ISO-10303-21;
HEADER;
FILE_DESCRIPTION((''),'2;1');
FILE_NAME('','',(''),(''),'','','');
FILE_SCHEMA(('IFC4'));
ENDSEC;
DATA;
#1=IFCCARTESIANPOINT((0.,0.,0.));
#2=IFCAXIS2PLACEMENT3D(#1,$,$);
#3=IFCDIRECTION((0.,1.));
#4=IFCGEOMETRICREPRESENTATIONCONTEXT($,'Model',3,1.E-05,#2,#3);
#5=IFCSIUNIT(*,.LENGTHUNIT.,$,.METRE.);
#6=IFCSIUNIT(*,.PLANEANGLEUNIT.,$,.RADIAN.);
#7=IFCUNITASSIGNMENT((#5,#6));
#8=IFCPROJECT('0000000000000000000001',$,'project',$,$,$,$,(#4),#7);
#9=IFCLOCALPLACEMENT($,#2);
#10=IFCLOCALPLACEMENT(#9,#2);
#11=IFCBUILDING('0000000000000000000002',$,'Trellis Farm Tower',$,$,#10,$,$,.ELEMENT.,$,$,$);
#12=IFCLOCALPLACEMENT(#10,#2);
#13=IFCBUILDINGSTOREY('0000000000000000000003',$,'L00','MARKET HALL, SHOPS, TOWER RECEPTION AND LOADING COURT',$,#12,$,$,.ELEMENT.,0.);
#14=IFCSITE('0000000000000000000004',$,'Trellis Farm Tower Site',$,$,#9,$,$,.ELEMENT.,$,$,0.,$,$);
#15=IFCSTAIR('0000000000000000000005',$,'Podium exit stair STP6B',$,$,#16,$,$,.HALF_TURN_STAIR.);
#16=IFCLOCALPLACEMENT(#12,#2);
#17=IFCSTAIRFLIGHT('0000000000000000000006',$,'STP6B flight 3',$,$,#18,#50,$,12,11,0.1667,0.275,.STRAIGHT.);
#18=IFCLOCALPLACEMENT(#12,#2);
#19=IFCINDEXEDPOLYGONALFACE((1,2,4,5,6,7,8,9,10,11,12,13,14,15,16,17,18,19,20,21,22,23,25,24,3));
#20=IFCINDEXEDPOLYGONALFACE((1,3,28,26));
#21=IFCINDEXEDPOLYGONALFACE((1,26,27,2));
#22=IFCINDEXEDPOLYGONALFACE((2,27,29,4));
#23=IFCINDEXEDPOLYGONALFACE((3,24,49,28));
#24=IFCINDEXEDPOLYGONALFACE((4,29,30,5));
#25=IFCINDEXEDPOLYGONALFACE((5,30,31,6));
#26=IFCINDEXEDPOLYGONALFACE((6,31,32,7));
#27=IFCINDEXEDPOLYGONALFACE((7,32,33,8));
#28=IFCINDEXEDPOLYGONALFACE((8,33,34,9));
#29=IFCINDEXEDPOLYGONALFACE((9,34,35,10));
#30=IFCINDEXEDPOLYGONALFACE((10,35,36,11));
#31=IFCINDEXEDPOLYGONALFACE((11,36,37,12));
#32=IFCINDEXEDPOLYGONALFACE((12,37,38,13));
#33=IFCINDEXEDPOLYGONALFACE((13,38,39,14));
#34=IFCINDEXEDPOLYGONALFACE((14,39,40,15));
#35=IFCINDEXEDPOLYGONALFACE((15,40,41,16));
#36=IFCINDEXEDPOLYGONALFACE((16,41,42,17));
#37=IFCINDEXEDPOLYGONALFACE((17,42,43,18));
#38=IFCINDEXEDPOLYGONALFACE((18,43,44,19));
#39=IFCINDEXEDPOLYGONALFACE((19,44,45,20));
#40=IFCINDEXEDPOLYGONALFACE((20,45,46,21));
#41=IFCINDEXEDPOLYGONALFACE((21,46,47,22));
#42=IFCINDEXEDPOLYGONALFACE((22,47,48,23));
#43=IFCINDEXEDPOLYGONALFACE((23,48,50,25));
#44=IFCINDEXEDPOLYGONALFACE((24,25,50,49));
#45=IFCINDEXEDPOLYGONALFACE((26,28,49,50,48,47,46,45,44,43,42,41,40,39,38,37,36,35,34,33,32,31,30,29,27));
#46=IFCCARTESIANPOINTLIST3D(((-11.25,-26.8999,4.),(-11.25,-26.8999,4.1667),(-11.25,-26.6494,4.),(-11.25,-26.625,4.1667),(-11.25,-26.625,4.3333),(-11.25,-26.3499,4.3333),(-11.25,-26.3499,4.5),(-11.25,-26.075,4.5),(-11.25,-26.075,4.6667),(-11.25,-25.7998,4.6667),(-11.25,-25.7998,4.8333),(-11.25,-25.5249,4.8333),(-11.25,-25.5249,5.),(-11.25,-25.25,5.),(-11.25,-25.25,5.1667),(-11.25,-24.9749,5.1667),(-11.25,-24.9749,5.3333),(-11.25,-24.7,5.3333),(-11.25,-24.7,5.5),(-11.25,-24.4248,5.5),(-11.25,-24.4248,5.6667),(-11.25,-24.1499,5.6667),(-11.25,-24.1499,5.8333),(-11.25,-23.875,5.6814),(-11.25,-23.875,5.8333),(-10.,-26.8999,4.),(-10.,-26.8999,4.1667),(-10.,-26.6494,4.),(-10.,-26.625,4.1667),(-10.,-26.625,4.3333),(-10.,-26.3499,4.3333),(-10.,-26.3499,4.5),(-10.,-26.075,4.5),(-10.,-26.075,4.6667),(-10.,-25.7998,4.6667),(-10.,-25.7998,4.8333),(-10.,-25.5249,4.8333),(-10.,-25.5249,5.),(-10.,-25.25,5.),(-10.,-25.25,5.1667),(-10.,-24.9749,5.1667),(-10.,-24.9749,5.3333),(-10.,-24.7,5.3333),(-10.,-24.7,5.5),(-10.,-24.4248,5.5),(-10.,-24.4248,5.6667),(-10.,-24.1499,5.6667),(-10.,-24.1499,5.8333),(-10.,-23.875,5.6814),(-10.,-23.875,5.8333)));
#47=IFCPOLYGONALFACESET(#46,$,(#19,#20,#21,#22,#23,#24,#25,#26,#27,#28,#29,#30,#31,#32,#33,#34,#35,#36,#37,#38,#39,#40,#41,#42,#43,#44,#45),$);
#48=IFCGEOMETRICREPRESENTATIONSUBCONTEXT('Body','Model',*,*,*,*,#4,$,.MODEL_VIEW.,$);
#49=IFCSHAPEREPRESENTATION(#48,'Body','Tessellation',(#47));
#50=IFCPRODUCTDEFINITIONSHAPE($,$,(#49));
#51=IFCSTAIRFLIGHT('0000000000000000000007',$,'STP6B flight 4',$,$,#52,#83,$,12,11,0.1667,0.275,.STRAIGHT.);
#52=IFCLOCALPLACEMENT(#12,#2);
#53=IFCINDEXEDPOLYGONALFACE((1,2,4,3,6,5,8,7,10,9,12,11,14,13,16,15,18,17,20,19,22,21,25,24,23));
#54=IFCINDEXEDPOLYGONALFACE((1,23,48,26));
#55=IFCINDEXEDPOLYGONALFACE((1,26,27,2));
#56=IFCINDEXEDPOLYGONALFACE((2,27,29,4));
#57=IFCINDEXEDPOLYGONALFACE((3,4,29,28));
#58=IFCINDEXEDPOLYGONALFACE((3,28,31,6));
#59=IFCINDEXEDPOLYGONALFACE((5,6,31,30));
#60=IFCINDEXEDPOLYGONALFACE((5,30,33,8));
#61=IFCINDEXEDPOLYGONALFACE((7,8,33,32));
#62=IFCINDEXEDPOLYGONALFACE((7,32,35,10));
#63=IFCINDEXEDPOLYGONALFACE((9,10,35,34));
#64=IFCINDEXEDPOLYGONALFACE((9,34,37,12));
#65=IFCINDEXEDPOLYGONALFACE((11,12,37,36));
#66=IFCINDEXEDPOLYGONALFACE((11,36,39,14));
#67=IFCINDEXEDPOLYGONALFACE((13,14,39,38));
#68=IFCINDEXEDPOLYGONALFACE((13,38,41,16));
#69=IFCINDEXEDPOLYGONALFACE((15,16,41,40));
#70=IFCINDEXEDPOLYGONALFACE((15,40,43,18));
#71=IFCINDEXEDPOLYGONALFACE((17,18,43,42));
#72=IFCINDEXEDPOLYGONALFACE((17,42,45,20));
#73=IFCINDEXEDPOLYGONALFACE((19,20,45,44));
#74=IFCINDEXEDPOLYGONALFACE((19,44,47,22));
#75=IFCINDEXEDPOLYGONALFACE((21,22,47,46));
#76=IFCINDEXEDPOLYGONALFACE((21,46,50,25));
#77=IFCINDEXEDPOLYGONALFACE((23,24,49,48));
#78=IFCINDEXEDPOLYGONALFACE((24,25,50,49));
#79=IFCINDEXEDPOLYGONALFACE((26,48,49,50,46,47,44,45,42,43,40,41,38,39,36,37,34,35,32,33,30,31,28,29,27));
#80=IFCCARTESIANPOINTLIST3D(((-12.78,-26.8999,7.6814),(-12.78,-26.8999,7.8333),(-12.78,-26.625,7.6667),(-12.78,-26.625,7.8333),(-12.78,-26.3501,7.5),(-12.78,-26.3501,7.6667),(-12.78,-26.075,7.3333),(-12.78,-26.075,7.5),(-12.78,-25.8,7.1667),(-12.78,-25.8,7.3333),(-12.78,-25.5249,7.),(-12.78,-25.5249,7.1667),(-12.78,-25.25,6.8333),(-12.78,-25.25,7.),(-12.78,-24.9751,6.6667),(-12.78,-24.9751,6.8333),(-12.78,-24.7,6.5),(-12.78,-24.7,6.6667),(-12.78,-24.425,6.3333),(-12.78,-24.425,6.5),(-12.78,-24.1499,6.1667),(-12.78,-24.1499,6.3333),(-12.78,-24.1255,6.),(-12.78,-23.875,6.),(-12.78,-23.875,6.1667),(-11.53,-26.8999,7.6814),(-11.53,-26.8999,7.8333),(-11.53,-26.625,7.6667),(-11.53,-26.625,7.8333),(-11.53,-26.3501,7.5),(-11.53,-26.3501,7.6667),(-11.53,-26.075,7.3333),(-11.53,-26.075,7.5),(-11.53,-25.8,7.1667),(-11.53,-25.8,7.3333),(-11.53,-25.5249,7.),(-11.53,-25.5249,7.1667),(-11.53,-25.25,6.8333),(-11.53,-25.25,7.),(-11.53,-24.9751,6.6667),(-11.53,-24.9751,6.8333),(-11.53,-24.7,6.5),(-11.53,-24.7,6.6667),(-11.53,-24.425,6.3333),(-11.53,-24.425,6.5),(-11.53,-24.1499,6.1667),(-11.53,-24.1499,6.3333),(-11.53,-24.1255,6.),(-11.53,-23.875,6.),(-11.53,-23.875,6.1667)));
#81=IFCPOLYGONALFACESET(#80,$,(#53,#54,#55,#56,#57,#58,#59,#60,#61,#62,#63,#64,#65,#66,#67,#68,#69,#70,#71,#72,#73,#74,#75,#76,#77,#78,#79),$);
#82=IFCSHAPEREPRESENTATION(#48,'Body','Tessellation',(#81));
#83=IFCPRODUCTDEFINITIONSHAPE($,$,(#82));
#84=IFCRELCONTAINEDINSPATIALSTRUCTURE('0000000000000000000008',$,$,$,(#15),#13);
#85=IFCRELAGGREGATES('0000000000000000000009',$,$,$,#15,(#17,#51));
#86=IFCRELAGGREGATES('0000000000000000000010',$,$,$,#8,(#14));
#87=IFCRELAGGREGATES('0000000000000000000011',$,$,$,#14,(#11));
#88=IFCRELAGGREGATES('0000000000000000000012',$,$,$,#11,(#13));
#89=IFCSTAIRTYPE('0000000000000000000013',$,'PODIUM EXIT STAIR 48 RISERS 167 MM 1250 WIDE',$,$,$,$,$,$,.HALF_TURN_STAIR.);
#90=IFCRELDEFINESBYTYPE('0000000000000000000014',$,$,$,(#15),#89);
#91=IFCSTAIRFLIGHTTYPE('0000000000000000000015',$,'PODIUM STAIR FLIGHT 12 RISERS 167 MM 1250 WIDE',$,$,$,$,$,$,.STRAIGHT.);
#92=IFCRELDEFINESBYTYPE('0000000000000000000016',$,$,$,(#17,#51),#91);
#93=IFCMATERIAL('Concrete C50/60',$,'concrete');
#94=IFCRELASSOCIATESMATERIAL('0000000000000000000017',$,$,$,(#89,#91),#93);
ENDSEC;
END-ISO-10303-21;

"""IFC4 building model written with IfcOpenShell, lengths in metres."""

from ifc_helpers import new_model, si_unit, direction, frame, origin, place, context, subcontext, project, spatial, polyline, outline, extrude, source, transform, mapped, material, type_object, element, aggregate, save


model = new_model("IFC4")

# Units and contexts
model_context = context("Model", 3, precision=1e-05, world=origin(), true_north=direction((0.0, 1.0)))
body_context = subcontext(model_context, "Body", "Model", "MODEL_VIEW")
ifc_project = project(units=[si_unit("LENGTHUNIT", "METRE"), si_unit("PLANEANGLEUNIT", "RADIAN")], contexts=[model_context])

# Site, building, storey
site_placement = place(None, origin())
site = spatial("IfcSite", under=ifc_project, at=site_placement, Name="Trellis Farm Tower Site", CompositionType="ELEMENT", RefElevation=0.0)
building_placement = place(site_placement, origin())
building = spatial("IfcBuilding", under=site, at=building_placement, Name="Trellis Farm Tower", CompositionType="ELEMENT")
storey_placement = place(building_placement, origin())
storey = spatial("IfcBuildingStorey", under=building, at=storey_placement, Name="L00", Description="MARKET HALL, SHOPS, TOWER RECEPTION AND LOADING COURT", CompositionType="ELEMENT", Elevation=0.0)

# Stair, stair flights
ifc_material_1 = material(Name="Concrete C50/60", Category="concrete")
stair_type = type_object("IfcStairType", Name="PODIUM EXIT STAIR 48 RISERS 167 MM 1250 WIDE", PredefinedType="HALF_TURN_STAIR", material=ifc_material_1)
stair_placement = place(storey_placement, origin())
stair = element("IfcStair", 1, at=stair_placement, inside=storey, type_object=stair_type, Name="Podium exit stair STP6B", PredefinedType="HALF_TURN_STAIR")
stair_flight_type = type_object("IfcStairFlightType", Name="PODIUM STAIR FLIGHT 12 RISERS 167 MM 1250 WIDE", PredefinedType="STRAIGHT", material=ifc_material_1)
shared_shape_1 = source(origin(), body_context, "Body", "SweptSolid", [
    extrude(outline(polyline([(0.0, 0.0), (0.0, 0.1667), (0.2749, 0.1667), (0.2749, 0.3333), (0.55, 0.3333), (0.55, 0.5), (0.825, 0.5), (0.825, 0.6667), (1.1001, 0.6667), (1.1001, 0.8333), (1.375, 0.8333), (1.375, 1.0), (1.6499, 1.0), (1.6499, 1.1667), (1.925, 1.1667), (1.925, 1.3333), (2.2, 1.3333), (2.2, 1.5), (2.4751, 1.5), (2.4751, 1.6667), (2.75, 1.6667), (2.75, 1.8333), (3.0249, 1.8333), (3.0249, 2.0), (3.0249, 1.6814), (0.2505, 0.0), (0.0, 0.0)])), frame((0.0, 0.625, 0.0), z_axis=(0.0, -1.0, 0.0), x_axis=(1.0, 0.0, 0.0)), (0.0, 0.0, 1.0), 1.25),
])
stair_flight_1_placement = place(storey_placement, frame((-10.625, -26.8999, 4.0), z_axis=(0.0, 0.0, 1.0), x_axis=(0.0, 1.0, 0.0)))
stair_flight_1 = element("IfcStairFlight", 2, at=stair_flight_1_placement, type_object=stair_flight_type, Name="STP6B flight 3", NumberOfRisers=12, NumberOfTreads=11, PredefinedType="STRAIGHT", RiserHeight=0.1667, TreadLength=0.275, context=body_context, shape_type="MappedRepresentation", body=[
    mapped(shared_shape_1, transform((0.0, 0.0, 0.0))),
])
stair_flight_2_placement = place(storey_placement, frame((-12.155, -23.875, 6.0), z_axis=(0.0, 0.0, 1.0), x_axis=(0.0, -1.0, 0.0)))
stair_flight_2 = element("IfcStairFlight", 3, at=stair_flight_2_placement, type_object=stair_flight_type, Name="STP6B flight 4", NumberOfRisers=12, NumberOfTreads=11, PredefinedType="STRAIGHT", RiserHeight=0.1667, TreadLength=0.275, context=body_context, shape_type="MappedRepresentation", body=[
    mapped(shared_shape_1, transform((0.0, 0.0, 0.0))),
])
aggregate(stair, [stair_flight_1, stair_flight_2])

save(model, "model.ifc")
